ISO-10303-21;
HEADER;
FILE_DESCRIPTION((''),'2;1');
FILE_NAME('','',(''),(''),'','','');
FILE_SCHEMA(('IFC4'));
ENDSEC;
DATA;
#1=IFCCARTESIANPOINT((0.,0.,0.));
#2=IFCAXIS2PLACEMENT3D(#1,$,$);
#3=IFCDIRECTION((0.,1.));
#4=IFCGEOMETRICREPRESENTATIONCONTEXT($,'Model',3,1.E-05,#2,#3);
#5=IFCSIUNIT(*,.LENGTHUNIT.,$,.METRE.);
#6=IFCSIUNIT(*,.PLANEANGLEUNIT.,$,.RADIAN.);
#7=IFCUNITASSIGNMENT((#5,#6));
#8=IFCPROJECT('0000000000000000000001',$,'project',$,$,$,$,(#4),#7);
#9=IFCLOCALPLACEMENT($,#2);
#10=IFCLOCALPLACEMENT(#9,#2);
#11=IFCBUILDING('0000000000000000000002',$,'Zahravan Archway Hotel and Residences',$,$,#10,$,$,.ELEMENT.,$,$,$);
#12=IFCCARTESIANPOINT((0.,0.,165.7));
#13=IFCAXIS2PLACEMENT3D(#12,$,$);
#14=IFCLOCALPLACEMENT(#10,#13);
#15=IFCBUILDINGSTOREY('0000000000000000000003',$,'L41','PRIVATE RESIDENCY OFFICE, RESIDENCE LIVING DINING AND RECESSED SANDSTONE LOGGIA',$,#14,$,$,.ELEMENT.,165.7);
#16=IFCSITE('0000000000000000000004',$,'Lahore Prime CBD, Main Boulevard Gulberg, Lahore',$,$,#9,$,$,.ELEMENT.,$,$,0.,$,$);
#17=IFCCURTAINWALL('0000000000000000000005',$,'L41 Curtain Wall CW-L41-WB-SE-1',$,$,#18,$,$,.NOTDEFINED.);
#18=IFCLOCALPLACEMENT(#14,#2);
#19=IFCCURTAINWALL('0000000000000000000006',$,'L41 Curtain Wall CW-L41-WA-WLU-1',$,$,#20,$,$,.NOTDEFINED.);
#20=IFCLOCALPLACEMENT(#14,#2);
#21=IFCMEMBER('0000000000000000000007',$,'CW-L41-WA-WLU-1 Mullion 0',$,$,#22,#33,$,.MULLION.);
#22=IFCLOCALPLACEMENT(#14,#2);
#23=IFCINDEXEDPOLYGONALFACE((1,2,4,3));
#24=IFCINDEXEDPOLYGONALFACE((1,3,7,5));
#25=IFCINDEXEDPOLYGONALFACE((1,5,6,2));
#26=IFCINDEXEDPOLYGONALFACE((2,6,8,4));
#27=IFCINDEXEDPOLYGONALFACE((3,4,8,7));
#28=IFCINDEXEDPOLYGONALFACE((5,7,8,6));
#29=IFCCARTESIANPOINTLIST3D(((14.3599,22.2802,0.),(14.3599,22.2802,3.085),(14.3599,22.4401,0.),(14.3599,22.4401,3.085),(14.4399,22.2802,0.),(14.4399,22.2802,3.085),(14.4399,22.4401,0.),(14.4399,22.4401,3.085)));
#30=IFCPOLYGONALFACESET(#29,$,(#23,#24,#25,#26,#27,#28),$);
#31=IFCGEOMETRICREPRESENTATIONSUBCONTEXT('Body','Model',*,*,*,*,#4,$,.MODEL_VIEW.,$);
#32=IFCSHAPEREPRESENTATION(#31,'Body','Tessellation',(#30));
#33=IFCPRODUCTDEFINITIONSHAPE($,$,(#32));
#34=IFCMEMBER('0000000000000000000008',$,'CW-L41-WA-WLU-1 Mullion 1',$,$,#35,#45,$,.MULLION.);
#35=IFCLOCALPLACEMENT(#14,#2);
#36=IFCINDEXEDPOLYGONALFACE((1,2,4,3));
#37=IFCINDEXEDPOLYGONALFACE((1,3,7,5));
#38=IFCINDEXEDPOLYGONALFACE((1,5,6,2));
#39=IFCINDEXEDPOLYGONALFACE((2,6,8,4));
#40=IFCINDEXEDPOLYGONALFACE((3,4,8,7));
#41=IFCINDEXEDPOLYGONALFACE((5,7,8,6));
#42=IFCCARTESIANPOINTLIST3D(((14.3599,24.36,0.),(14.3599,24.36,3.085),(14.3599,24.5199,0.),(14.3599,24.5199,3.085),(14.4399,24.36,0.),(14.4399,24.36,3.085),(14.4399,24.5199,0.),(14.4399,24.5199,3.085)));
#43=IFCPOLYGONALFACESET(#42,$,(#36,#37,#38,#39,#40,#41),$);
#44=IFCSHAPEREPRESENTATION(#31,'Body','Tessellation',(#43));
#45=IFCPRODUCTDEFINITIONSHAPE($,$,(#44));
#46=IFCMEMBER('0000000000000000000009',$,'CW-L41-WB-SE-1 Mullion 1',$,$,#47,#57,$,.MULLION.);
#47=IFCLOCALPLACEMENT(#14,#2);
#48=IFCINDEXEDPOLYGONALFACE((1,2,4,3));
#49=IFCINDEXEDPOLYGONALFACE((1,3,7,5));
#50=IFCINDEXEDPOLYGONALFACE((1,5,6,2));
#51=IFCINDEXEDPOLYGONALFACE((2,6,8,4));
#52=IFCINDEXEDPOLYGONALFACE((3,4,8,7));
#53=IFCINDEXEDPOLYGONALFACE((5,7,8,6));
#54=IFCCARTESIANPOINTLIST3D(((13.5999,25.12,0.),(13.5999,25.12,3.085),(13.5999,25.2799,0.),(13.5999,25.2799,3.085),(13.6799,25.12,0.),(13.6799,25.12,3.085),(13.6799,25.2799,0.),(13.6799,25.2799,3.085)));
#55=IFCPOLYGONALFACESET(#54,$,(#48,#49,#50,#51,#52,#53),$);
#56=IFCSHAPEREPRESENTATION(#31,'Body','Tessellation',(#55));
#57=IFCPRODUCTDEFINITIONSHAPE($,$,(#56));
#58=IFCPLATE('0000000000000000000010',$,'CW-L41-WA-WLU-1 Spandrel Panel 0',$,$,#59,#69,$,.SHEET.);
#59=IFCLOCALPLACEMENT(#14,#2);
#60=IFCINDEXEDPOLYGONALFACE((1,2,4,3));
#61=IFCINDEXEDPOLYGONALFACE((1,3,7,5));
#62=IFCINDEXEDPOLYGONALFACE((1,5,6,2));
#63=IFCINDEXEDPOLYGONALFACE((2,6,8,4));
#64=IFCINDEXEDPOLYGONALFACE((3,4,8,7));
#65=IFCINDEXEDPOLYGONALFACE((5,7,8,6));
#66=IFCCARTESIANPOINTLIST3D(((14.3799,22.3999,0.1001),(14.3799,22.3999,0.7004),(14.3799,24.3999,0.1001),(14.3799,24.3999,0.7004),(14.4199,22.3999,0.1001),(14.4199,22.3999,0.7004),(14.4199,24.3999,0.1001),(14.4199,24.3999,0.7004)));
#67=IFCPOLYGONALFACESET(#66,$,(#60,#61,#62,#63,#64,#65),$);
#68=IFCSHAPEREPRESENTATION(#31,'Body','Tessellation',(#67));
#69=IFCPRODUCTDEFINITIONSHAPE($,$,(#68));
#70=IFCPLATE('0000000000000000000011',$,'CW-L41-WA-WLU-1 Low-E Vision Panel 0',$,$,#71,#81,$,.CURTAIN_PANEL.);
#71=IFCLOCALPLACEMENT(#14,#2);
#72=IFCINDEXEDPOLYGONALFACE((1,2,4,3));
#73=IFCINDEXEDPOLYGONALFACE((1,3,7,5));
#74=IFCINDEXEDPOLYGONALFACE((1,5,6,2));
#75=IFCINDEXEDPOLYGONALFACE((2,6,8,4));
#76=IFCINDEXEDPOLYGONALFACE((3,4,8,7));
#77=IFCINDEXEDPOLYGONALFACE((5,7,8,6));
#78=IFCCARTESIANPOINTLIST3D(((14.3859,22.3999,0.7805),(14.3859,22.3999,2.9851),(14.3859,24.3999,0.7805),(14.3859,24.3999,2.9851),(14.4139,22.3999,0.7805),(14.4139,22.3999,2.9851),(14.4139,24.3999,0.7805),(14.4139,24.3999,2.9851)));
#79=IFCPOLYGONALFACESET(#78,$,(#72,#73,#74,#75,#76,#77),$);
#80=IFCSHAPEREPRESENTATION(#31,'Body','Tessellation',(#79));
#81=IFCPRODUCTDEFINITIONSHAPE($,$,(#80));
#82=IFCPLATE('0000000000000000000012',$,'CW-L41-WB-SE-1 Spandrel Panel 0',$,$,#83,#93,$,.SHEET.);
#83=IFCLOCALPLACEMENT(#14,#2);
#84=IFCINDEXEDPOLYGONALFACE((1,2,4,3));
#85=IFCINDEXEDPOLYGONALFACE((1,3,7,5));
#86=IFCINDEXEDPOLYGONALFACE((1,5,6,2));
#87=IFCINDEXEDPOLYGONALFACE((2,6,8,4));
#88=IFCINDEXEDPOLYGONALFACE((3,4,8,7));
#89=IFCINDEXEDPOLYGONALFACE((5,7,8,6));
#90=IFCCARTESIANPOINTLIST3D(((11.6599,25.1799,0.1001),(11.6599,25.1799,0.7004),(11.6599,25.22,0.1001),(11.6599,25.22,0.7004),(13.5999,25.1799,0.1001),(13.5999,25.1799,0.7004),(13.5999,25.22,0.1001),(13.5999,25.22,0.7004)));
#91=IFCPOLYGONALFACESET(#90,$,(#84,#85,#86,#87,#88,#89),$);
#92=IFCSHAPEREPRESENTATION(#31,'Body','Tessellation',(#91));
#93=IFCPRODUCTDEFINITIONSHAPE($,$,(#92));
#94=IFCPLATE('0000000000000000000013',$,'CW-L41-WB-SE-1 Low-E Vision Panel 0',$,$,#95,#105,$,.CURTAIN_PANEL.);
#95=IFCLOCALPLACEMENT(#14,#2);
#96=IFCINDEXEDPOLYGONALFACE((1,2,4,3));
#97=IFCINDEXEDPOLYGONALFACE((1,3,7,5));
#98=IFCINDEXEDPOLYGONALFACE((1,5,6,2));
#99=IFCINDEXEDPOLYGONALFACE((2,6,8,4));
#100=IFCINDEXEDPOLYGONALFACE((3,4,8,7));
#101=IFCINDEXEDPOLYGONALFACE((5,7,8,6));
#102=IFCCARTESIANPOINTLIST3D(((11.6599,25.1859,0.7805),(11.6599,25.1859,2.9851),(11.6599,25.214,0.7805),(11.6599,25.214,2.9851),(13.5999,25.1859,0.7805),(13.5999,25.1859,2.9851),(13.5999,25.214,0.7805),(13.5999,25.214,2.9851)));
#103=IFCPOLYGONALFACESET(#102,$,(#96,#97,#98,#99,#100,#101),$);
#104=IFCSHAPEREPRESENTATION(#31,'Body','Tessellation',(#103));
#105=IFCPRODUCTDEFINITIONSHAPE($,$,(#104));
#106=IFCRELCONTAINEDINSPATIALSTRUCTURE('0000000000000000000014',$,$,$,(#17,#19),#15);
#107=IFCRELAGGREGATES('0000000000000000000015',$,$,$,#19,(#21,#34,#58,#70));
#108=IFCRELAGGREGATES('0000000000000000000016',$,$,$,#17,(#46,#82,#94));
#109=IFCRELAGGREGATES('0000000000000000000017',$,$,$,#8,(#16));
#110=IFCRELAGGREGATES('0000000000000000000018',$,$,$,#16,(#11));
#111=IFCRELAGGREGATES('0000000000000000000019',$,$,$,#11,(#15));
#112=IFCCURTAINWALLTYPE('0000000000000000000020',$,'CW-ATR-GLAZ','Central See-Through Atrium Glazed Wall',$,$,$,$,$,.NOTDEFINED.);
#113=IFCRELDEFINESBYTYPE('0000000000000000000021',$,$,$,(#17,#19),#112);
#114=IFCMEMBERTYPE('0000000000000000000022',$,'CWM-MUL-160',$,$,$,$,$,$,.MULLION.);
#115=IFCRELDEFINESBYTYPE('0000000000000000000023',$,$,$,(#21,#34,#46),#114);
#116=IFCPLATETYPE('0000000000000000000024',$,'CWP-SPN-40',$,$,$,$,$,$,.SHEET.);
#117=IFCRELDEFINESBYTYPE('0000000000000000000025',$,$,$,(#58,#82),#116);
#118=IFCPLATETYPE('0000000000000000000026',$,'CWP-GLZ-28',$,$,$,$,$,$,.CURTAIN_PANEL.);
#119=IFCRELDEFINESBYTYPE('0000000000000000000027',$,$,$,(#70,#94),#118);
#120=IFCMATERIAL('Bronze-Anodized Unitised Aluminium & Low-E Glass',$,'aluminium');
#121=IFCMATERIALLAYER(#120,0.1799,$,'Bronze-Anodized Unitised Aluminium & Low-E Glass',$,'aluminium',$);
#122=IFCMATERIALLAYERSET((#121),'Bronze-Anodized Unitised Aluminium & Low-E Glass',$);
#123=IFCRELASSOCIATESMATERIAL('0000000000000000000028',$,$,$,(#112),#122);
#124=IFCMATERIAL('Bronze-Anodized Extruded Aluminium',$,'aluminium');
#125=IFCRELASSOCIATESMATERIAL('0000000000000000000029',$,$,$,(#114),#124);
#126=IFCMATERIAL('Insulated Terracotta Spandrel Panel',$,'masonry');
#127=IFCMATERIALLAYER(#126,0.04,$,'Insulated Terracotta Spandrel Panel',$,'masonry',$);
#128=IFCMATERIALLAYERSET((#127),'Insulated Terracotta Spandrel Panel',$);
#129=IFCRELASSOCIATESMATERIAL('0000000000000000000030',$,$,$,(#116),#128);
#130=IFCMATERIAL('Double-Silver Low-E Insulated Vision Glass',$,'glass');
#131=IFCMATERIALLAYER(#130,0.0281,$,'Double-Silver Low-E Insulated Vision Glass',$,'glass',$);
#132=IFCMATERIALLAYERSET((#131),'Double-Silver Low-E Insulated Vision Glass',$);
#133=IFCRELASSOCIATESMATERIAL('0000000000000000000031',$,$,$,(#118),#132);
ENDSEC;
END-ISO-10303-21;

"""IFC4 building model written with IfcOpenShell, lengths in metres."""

from ifc_helpers import new_model, si_unit, direction, frame, origin, origin_2d, place, context, subcontext, project, spatial, rectangle, extrude, source, transform, mapped, material, layer, layer_set, material_profile, profile_set, type_object, element, aggregate, save


model = new_model("IFC4")

# Units and contexts
model_context = context("Model", 3, precision=1e-05, world=origin(), true_north=direction((0.0, 1.0)))
body_context = subcontext(model_context, "Body", "Model", "MODEL_VIEW")
ifc_project = project(units=[si_unit("LENGTHUNIT", "METRE"), si_unit("PLANEANGLEUNIT", "RADIAN")], contexts=[model_context])

# Site, building, storey
site_placement = place(None, origin())
site = spatial("IfcSite", under=ifc_project, at=site_placement, Name="Lahore Prime CBD, Main Boulevard Gulberg, Lahore", CompositionType="ELEMENT", RefElevation=0.0)
building_placement = place(site_placement, origin())
building = spatial("IfcBuilding", under=site, at=building_placement, Name="Zahravan Archway Hotel and Residences", CompositionType="ELEMENT")
storey_placement = place(building_placement, frame((0.0, 0.0, 165.7)))
storey = spatial("IfcBuildingStorey", under=building, at=storey_placement, Name="L41", Description="PRIVATE RESIDENCY OFFICE, RESIDENCE LIVING DINING AND RECESSED SANDSTONE LOGGIA", CompositionType="ELEMENT", Elevation=165.7)

# Curtain walls, members
ifc_material_1 = material(Name="Bronze-Anodized Unitised Aluminium & Low-E Glass", Category="aluminium")
ifc_layer_1 = layer(ifc_material_1, 0.1799, Name="Bronze-Anodized Unitised Aluminium & Low-E Glass", Category="aluminium")
ifc_layer_set_1 = layer_set([ifc_layer_1], Name="Bronze-Anodized Unitised Aluminium & Low-E Glass")
curtain_wall_type = type_object("IfcCurtainWallType", Name="CW-ATR-GLAZ", Description="Central See-Through Atrium Glazed Wall", PredefinedType="NOTDEFINED", material=ifc_layer_set_1)
curtain_wall_1_placement = place(storey_placement, origin())
curtain_wall_1 = element("IfcCurtainWall", 1, at=curtain_wall_1_placement, inside=storey, type_object=curtain_wall_type, Name="L41 Curtain Wall CW-L41-WB-SE-1", PredefinedType="NOTDEFINED")
ifc_material_2 = material(Name="Bronze-Anodized Extruded Aluminium", Category="aluminium")
curtain_wall_2_placement = place(storey_placement, origin())
curtain_wall_2 = element("IfcCurtainWall", 2, at=curtain_wall_2_placement, inside=storey, type_object=curtain_wall_type, Name="L41 Curtain Wall CW-L41-WA-WLU-1", PredefinedType="NOTDEFINED")
ifc_material_profile_1 = material_profile(ifc_material_2, rectangle(XDim=0.0801, YDim=0.1599, at=origin_2d()), Name="MUL 80x160", Category="aluminium")
ifc_profile_set_1 = profile_set([ifc_material_profile_1], Name="Bronze-Anodized Extruded Aluminium")
member_type_1 = type_object("IfcMemberType", Name="CWM-MUL-160", PredefinedType="MULLION", material=ifc_profile_set_1)
shared_shape_1 = source(origin(), body_context, "Body", "SweptSolid", [
    extrude(rectangle(XDim=0.0801, YDim=0.1599, at=origin_2d()), origin(), (0.0, 0.0, 1.0), 3.085),
])
member_1_placement = place(storey_placement, frame((14.3999, 22.3601, 0.0), z_axis=(0.0, 0.0, 1.0), x_axis=(1.0, 0.0, 0.0)))
member_1 = element("IfcMember", 3, at=member_1_placement, type_object=member_type_1, Name="CW-L41-WA-WLU-1 Mullion 0", PredefinedType="MULLION", context=body_context, shape_type="MappedRepresentation", body=[
    mapped(shared_shape_1, transform((0.0, 0.0, 0.0), scale=1.0)),
])
member_2_placement = place(storey_placement, frame((14.3999, 24.4399, 0.0), z_axis=(0.0, 0.0, 1.0), x_axis=(1.0, 0.0, 0.0)))
member_2 = element("IfcMember", 4, at=member_2_placement, type_object=member_type_1, Name="CW-L41-WA-WLU-1 Mullion 1", PredefinedType="MULLION", context=body_context, shape_type="MappedRepresentation", body=[
    mapped(shared_shape_1, transform((0.0, 0.0, 0.0), scale=1.0)),
])

# Member
member_3_placement = place(storey_placement, frame((13.6399, 25.2, 0.0), z_axis=(0.0, 0.0, 1.0), x_axis=(1.0, 0.0, 0.0)))
member_3 = element("IfcMember", 5, at=member_3_placement, type_object=member_type_1, Name="CW-L41-WB-SE-1 Mullion 1", PredefinedType="MULLION", context=body_context, shape_type="MappedRepresentation", body=[
    mapped(shared_shape_1, transform((0.0, 0.0, 0.0), scale=1.0)),
])

# Plates
ifc_material_3 = material(Name="Insulated Terracotta Spandrel Panel", Category="masonry")
ifc_layer_2 = layer(ifc_material_3, 0.04, Name="Insulated Terracotta Spandrel Panel", Category="masonry")
ifc_layer_set_2 = layer_set([ifc_layer_2], Name="Insulated Terracotta Spandrel Panel")
plate_type_1 = type_object("IfcPlateType", Name="CWP-SPN-40", PredefinedType="SHEET", material=ifc_layer_set_2)
shared_shape_2 = source(origin(), body_context, "Body", "SweptSolid", [
    extrude(rectangle(XDim=2.0, YDim=0.04, at=origin_2d()), origin(), (0.0, 0.0, 1.0), 0.6003),
])
plate_1_placement = place(storey_placement, frame((14.3999, 23.3999, 0.1001), z_axis=(0.0, 0.0, 1.0), x_axis=(0.0, 1.0, 0.0)))
plate_1 = element("IfcPlate", 6, at=plate_1_placement, type_object=plate_type_1, Name="CW-L41-WA-WLU-1 Spandrel Panel 0", PredefinedType="SHEET", context=body_context, shape_type="MappedRepresentation", body=[
    mapped(shared_shape_2, transform((0.0, 0.0, 0.0), scale=1.0)),
])
ifc_material_4 = material(Name="Double-Silver Low-E Insulated Vision Glass", Category="glass")
ifc_layer_3 = layer(ifc_material_4, 0.0281, Name="Double-Silver Low-E Insulated Vision Glass", Category="glass")
ifc_layer_set_3 = layer_set([ifc_layer_3], Name="Double-Silver Low-E Insulated Vision Glass")
plate_type_2 = type_object("IfcPlateType", Name="CWP-GLZ-28", PredefinedType="CURTAIN_PANEL", material=ifc_layer_set_3)
shared_shape_3 = source(origin(), body_context, "Body", "SweptSolid", [
    extrude(rectangle(XDim=2.0, YDim=0.0281, at=origin_2d()), origin(), (0.0, 0.0, 1.0), 2.2046),
])
plate_2_placement = place(storey_placement, frame((14.3999, 23.3999, 0.7805), z_axis=(0.0, 0.0, 1.0), x_axis=(0.0, 1.0, 0.0)))
plate_2 = element("IfcPlate", 7, at=plate_2_placement, type_object=plate_type_2, Name="CW-L41-WA-WLU-1 Low-E Vision Panel 0", PredefinedType="CURTAIN_PANEL", context=body_context, shape_type="MappedRepresentation", body=[
    mapped(shared_shape_3, transform((0.0, 0.0, 0.0), scale=1.0)),
])
aggregate(curtain_wall_2, [member_1, member_2, plate_1, plate_2])
shared_shape_4 = source(origin(), body_context, "Body", "SweptSolid", [
    extrude(rectangle(XDim=1.9399, YDim=0.04, at=origin_2d()), origin(), (0.0, 0.0, 1.0), 0.6003),
])
plate_3_placement = place(storey_placement, frame((12.6299, 25.2, 0.1001), z_axis=(0.0, 0.0, 1.0), x_axis=(1.0, 0.0, 0.0)))
plate_3 = element("IfcPlate", 8, at=plate_3_placement, type_object=plate_type_1, Name="CW-L41-WB-SE-1 Spandrel Panel 0", PredefinedType="SHEET", context=body_context, shape_type="MappedRepresentation", body=[
    mapped(shared_shape_4, transform((0.0, 0.0, 0.0), scale=1.0)),
])
shared_shape_5 = source(origin(), body_context, "Body", "SweptSolid", [
    extrude(rectangle(XDim=1.9399, YDim=0.0281, at=origin_2d()), origin(), (0.0, 0.0, 1.0), 2.2046),
])
plate_4_placement = place(storey_placement, frame((12.6299, 25.2, 0.7805), z_axis=(0.0, 0.0, 1.0), x_axis=(1.0, 0.0, 0.0)))
plate_4 = element("IfcPlate", 9, at=plate_4_placement, type_object=plate_type_2, Name="CW-L41-WB-SE-1 Low-E Vision Panel 0", PredefinedType="CURTAIN_PANEL", context=body_context, shape_type="MappedRepresentation", body=[
    mapped(shared_shape_5, transform((0.0, 0.0, 0.0), scale=1.0)),
])
aggregate(curtain_wall_1, [member_3, plate_3, plate_4])

save(model, "model.ifc")
